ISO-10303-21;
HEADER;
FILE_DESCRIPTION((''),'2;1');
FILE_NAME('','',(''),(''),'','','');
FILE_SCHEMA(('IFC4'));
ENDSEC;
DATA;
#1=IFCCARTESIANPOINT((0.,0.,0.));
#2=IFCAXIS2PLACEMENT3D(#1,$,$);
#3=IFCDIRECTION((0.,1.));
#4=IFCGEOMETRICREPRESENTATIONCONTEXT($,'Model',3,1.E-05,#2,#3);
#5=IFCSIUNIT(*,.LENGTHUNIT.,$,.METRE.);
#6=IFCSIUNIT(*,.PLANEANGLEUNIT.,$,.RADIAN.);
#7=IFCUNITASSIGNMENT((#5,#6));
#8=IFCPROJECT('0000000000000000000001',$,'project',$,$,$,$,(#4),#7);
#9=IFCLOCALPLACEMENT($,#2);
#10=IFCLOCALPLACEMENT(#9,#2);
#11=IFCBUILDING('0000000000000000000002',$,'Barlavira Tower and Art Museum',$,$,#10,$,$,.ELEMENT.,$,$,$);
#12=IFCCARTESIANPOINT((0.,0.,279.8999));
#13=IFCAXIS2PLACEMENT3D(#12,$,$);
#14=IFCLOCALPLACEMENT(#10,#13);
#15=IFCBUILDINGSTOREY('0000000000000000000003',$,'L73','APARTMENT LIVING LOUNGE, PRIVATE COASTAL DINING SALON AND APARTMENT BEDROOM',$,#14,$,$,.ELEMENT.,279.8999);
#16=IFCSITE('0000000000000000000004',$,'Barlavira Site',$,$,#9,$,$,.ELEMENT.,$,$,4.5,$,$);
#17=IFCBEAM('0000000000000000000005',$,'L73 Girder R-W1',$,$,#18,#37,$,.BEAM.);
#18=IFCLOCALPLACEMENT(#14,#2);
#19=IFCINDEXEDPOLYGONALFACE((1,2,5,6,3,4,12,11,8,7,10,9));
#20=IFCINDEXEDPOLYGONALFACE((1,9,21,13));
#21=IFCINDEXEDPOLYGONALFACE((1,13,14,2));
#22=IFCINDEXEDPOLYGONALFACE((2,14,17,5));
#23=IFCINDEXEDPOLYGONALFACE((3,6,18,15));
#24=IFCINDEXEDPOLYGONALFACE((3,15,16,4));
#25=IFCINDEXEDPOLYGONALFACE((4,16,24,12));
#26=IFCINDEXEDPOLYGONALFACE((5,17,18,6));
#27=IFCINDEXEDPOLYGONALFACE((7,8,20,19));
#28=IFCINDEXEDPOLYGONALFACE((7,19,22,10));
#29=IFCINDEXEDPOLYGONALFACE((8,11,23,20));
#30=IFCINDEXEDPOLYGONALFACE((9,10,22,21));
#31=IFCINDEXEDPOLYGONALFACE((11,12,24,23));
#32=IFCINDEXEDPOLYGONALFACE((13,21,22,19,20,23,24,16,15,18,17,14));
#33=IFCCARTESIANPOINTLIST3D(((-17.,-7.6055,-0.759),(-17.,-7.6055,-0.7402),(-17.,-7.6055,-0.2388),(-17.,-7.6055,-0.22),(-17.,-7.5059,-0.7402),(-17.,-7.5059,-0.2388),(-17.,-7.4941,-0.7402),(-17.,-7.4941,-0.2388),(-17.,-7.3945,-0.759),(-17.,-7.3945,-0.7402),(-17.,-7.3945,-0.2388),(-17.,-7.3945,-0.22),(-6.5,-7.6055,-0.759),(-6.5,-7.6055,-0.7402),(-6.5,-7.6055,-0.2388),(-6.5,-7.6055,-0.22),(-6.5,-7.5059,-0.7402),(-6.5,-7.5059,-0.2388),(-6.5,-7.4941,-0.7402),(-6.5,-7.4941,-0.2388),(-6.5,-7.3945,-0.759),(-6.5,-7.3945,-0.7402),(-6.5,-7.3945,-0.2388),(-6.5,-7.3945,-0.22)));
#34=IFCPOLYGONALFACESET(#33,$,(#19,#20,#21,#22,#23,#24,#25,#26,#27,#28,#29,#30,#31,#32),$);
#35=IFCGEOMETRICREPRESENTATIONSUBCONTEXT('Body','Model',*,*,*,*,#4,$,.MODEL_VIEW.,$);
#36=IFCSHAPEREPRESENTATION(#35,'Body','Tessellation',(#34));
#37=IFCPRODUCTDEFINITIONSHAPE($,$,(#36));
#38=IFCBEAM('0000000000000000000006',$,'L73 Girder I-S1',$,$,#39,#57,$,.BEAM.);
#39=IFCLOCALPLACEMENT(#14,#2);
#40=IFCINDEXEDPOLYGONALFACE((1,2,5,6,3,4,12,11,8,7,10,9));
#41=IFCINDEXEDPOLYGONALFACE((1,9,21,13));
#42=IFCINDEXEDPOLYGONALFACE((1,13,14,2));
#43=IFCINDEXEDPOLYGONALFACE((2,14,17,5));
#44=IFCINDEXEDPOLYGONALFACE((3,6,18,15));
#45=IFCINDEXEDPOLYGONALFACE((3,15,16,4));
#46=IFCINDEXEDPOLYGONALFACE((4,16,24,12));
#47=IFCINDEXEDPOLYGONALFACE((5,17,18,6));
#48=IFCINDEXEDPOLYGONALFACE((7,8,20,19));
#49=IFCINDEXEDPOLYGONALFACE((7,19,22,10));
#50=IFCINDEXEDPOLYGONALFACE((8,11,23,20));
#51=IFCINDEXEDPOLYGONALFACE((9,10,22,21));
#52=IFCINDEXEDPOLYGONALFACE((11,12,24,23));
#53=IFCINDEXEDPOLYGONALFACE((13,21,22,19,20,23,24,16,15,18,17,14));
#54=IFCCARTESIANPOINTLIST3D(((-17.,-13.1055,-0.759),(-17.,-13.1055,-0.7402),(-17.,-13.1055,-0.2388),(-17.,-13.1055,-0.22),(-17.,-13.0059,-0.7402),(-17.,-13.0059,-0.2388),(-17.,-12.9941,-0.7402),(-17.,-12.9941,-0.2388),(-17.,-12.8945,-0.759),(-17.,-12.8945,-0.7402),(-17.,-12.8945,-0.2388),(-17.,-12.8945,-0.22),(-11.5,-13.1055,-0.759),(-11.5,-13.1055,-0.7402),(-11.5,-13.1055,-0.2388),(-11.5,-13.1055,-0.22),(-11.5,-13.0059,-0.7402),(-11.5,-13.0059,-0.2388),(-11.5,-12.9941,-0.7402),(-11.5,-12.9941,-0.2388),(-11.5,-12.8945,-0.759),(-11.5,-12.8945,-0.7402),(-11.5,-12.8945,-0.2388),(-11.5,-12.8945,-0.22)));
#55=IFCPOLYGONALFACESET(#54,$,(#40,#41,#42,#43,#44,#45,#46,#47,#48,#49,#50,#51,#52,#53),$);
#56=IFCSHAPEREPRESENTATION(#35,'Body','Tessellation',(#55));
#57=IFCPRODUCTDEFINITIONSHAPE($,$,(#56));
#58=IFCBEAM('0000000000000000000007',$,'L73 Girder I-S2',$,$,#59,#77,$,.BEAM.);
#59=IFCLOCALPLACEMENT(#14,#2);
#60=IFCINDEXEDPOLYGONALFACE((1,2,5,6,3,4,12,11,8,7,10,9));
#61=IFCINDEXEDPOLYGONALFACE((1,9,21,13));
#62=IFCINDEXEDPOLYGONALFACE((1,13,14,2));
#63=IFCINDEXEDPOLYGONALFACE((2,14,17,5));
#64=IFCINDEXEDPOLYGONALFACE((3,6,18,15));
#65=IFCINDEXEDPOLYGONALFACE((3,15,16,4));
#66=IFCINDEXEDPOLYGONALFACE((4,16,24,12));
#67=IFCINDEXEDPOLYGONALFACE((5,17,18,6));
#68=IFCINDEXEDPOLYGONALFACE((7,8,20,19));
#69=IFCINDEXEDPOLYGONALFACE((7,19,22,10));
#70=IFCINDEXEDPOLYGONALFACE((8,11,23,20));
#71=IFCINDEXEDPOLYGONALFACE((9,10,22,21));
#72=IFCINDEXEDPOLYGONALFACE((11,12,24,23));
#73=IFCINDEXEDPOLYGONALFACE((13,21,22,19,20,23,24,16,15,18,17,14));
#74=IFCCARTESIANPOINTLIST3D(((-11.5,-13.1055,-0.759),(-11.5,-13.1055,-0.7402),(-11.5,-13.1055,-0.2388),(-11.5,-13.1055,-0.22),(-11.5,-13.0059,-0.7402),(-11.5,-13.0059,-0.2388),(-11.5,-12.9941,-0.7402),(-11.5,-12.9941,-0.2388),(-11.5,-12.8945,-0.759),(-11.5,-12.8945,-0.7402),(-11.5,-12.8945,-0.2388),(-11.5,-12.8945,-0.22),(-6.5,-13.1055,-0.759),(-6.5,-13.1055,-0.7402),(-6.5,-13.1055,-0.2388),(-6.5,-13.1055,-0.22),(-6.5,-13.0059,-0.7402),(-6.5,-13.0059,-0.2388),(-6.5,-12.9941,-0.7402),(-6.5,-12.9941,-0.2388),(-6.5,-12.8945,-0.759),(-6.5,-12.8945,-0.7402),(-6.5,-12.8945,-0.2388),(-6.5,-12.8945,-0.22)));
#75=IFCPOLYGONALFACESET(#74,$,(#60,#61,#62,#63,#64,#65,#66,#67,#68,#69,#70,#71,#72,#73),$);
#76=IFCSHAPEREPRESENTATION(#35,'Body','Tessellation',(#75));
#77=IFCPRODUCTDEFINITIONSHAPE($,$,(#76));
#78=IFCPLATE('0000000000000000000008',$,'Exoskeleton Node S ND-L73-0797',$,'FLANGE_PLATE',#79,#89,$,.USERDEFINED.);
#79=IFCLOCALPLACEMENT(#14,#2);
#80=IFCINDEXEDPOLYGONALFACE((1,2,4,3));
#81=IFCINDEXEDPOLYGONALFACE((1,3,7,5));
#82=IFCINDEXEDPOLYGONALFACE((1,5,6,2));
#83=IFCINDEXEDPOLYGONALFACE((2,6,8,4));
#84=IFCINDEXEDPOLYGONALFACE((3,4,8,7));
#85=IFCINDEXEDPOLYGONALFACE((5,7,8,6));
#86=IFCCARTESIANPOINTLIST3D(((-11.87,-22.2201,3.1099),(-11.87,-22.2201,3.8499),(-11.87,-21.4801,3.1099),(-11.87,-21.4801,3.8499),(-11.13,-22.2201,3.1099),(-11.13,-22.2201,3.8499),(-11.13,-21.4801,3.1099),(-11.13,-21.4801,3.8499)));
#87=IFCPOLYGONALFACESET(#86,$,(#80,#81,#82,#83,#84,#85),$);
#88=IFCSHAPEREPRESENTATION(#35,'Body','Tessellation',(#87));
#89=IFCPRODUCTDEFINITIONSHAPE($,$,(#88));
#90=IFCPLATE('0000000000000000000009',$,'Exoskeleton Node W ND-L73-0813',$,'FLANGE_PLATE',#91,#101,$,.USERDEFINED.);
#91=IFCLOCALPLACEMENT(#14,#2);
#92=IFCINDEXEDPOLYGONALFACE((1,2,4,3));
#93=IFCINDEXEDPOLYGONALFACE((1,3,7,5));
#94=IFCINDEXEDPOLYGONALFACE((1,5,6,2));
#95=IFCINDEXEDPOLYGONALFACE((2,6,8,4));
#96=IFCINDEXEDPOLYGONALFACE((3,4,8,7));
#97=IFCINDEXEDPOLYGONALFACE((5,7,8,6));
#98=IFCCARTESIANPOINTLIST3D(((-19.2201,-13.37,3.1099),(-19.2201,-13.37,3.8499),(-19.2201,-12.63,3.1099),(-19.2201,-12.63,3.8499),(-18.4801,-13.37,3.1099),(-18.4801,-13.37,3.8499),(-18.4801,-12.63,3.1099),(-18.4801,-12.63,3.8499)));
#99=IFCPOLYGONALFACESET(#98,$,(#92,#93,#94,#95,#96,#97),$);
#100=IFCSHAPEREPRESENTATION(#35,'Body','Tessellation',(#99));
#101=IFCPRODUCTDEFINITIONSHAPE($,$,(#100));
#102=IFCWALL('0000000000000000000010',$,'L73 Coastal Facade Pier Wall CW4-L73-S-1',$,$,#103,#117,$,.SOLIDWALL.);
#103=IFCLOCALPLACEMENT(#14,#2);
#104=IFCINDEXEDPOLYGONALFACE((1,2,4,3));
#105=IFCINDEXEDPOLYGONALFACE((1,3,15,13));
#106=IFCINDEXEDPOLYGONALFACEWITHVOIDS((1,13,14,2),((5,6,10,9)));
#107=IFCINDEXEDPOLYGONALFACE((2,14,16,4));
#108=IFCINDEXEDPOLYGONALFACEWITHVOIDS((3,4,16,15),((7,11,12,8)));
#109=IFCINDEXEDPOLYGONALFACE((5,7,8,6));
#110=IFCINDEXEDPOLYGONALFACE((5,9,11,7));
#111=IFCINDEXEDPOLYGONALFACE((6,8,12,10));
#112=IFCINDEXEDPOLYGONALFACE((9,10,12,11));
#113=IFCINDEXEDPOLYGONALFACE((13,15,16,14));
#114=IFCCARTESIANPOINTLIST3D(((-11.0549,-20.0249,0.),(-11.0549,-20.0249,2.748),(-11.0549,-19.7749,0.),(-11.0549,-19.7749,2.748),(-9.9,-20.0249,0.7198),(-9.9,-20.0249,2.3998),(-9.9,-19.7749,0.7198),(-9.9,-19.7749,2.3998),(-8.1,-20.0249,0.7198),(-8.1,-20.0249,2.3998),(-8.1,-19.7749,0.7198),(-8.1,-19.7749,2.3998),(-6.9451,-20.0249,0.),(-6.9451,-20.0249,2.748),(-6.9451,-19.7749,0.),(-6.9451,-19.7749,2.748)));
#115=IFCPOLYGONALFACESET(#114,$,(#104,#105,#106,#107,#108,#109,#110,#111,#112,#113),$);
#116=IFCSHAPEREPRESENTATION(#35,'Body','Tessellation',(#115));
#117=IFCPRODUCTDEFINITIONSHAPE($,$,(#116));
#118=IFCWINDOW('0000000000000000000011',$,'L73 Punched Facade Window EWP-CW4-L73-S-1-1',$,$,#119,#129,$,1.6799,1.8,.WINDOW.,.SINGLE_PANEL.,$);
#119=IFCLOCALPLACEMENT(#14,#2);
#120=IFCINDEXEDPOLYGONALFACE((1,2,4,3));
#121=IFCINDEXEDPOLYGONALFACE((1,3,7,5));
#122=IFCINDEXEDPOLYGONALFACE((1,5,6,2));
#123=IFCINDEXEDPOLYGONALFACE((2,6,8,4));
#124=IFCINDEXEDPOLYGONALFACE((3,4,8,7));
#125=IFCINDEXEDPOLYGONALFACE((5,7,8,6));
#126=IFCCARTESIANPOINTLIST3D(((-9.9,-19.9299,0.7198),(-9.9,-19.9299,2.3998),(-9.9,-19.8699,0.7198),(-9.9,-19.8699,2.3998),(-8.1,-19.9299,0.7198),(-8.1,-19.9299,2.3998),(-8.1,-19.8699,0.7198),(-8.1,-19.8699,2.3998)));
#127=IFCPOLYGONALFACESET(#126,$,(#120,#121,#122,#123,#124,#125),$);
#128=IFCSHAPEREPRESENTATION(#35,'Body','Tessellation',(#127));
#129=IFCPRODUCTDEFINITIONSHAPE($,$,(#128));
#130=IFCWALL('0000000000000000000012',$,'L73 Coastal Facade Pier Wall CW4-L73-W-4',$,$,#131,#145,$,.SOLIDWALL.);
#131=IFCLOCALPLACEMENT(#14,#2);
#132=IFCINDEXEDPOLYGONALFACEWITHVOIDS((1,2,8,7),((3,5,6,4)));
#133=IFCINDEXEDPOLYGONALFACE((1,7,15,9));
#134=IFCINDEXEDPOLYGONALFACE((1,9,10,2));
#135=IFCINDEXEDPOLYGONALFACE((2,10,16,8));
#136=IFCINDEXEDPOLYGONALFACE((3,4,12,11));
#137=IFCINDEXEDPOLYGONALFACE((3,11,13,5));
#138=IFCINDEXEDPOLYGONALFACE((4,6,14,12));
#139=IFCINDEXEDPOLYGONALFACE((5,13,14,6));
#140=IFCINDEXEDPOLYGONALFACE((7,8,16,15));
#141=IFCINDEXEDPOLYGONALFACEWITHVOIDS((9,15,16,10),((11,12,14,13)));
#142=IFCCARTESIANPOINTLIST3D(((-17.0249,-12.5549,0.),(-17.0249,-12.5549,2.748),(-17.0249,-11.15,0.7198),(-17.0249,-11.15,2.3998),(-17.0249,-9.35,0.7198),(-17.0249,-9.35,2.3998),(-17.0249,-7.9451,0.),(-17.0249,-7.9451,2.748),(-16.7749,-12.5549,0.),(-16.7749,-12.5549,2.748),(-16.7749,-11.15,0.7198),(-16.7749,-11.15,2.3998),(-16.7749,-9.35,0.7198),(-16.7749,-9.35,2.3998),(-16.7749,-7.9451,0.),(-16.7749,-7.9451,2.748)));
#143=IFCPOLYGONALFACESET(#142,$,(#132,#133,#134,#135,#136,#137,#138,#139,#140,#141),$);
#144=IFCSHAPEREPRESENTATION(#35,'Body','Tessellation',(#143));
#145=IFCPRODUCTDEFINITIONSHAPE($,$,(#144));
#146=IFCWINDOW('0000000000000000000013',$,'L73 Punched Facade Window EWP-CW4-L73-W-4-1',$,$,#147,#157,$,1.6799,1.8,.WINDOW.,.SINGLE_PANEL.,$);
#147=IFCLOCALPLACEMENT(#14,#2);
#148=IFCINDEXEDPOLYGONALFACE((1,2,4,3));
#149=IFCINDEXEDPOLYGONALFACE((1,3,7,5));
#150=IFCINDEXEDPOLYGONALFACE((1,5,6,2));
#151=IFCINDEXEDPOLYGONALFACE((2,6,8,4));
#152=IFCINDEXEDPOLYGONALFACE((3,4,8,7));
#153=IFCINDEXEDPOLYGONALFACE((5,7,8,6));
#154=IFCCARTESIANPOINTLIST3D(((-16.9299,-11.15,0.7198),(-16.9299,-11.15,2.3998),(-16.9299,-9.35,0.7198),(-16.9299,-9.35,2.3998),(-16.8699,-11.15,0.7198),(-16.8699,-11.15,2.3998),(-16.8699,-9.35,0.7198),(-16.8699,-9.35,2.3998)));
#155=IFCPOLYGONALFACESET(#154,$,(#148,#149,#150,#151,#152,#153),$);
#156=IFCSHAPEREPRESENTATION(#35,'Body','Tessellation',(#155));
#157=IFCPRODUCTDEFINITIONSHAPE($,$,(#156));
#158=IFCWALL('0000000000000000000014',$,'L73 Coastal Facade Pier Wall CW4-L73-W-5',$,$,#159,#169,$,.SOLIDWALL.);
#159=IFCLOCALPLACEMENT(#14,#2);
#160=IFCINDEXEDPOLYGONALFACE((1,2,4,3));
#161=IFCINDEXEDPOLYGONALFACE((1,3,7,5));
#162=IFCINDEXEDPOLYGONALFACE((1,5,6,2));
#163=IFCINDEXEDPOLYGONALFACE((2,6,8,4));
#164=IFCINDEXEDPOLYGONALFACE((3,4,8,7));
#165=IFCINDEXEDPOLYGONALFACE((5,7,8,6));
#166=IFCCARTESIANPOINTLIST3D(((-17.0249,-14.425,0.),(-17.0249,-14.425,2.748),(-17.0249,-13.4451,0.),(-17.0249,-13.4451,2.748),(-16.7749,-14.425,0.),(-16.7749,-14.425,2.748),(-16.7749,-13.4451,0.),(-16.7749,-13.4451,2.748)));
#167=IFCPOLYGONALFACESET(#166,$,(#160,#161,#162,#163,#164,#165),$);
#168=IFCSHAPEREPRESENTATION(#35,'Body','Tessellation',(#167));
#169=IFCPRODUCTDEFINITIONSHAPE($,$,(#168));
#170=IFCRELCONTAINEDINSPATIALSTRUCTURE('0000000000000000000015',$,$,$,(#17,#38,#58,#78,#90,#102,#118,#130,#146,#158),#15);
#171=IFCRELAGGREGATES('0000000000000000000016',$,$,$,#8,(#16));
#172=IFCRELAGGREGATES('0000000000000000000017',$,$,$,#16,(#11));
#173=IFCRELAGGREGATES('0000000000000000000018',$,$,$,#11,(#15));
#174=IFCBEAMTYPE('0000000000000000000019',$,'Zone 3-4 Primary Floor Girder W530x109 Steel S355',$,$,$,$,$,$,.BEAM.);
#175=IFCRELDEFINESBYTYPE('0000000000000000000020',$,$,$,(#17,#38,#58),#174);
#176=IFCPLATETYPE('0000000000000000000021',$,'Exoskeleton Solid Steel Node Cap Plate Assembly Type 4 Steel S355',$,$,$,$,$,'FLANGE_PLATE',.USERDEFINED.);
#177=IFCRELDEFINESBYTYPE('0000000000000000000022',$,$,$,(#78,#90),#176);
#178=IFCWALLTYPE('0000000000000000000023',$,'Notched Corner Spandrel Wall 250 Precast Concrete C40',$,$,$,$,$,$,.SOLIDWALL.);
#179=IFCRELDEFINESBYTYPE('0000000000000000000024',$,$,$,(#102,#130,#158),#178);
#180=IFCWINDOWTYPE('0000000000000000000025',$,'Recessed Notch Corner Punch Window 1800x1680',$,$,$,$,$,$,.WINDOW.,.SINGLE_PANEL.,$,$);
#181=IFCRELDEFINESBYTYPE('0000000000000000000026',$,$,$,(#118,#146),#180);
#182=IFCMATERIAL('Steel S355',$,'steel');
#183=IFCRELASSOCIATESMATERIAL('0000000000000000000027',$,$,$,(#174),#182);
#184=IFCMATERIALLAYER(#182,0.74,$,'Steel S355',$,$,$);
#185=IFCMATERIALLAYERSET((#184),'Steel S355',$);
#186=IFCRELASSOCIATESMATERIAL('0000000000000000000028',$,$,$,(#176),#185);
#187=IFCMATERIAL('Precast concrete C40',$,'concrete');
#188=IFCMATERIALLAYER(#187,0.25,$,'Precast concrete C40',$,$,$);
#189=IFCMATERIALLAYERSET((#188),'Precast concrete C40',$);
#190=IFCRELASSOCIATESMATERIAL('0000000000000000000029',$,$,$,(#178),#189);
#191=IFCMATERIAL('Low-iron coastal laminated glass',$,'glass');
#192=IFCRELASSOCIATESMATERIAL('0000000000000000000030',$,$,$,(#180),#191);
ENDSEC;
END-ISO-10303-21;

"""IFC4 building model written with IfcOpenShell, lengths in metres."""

from ifc_helpers import new_model, si_unit, direction, frame, frame_2d, origin, origin_2d, place, context, subcontext, project, spatial, rectangle, i_section, extrude, material, layer, layer_set, material_profile, profile_set, type_object, element, fill, save


model = new_model("IFC4")

# Units and contexts
model_context = context("Model", 3, precision=1e-05, world=origin(), true_north=direction((0.0, 1.0)))
body_context = subcontext(model_context, "Body", "Model", "MODEL_VIEW")
ifc_project = project(units=[si_unit("LENGTHUNIT", "METRE"), si_unit("PLANEANGLEUNIT", "RADIAN")], contexts=[model_context])

# Site, building, storey
site_placement = place(None, origin())
site = spatial("IfcSite", under=ifc_project, at=site_placement, Name="Barlavira Site", CompositionType="ELEMENT", RefElevation=4.5)
building_placement = place(site_placement, origin())
building = spatial("IfcBuilding", under=site, at=building_placement, Name="Barlavira Tower and Art Museum", CompositionType="ELEMENT")
storey_placement = place(building_placement, frame((0.0, 0.0, 279.8999)))
storey = spatial("IfcBuildingStorey", under=building, at=storey_placement, Name="L73", Description="APARTMENT LIVING LOUNGE, PRIVATE COASTAL DINING SALON AND APARTMENT BEDROOM", CompositionType="ELEMENT", Elevation=279.8999)

# Beams
ifc_material_1 = material(Name="Steel S355", Category="steel")
ifc_material_profile_1 = material_profile(ifc_material_1, i_section(OverallWidth=0.2109, OverallDepth=0.5391, WebThickness=0.0117, FlangeThickness=0.0188, at=origin_2d()), Name="W530x109.0")
ifc_profile_set_1 = profile_set([ifc_material_profile_1], Name="Steel S355")
beam_type_1 = type_object("IfcBeamType", Name="Zone 3-4 Primary Floor Girder W530x109 Steel S355", PredefinedType="BEAM", material=ifc_profile_set_1)
beam_1_placement = place(storey_placement, frame((-17.0, -7.5, -0.4895), z_axis=(1.0, 0.0, 0.0), x_axis=(0.0, 1.0, 0.0)))
element("IfcBeam", 1, at=beam_1_placement, inside=storey, type_object=beam_type_1, Name="L73 Girder R-W1", PredefinedType="BEAM", context=body_context, shape_type="SweptSolid", body=[
    extrude(i_section(OverallWidth=0.2109, OverallDepth=0.5391, WebThickness=0.0117, FlangeThickness=0.0188, at=origin_2d()), origin(), (0.0, 0.0, 1.0), 10.5),
])
beam_2_placement = place(storey_placement, frame((-17.0, -13.0, -0.4895), z_axis=(1.0, 0.0, 0.0), x_axis=(0.0, 1.0, 0.0)))
element("IfcBeam", 2, at=beam_2_placement, inside=storey, type_object=beam_type_1, Name="L73 Girder I-S1", PredefinedType="BEAM", context=body_context, shape_type="SweptSolid", body=[
    extrude(i_section(OverallWidth=0.2109, OverallDepth=0.5391, WebThickness=0.0117, FlangeThickness=0.0188, at=origin_2d()), origin(), (0.0, 0.0, 1.0), 5.5),
])
beam_3_placement = place(storey_placement, frame((-11.5, -13.0, -0.4895), z_axis=(1.0, 0.0, 0.0), x_axis=(0.0, 1.0, 0.0)))
element("IfcBeam", 3, at=beam_3_placement, inside=storey, type_object=beam_type_1, Name="L73 Girder I-S2", PredefinedType="BEAM", context=body_context, shape_type="SweptSolid", body=[
    extrude(i_section(OverallWidth=0.2109, OverallDepth=0.5391, WebThickness=0.0117, FlangeThickness=0.0188, at=origin_2d()), origin(), (0.0, 0.0, 1.0), 5.0),
])

# Plates
ifc_layer_1 = layer(ifc_material_1, 0.74, Name="Steel S355")
ifc_layer_set_1 = layer_set([ifc_layer_1], Name="Steel S355")
plate_type = type_object("IfcPlateType", Name="Exoskeleton Solid Steel Node Cap Plate Assembly Type 4 Steel S355", ElementType="FLANGE_PLATE", PredefinedType="USERDEFINED", material=ifc_layer_set_1)
for number, where, z_axis, x_axis, name in (
    (4, (-11.5, -21.8501, 3.1099), (0.0, 0.0, 1.0), (1.0, 0.0, 0.0), "Exoskeleton Node S ND-L73-0797"),
    (5, (-18.8501, -13.0, 3.1099), (0.0, 0.0, 1.0), (1.0, 0.0, 0.0), "Exoskeleton Node W ND-L73-0813"),
):
    element("IfcPlate", number, at=place(storey_placement, frame(where, z_axis=z_axis, x_axis=x_axis)), inside=storey, type_object=plate_type, Name=name, ObjectType="FLANGE_PLATE", PredefinedType="USERDEFINED", context=body_context, shape_type="SweptSolid", body=[
        extrude(rectangle(XDim=0.74, YDim=0.74, at=origin_2d()), origin(), (0.0, 0.0, 1.0), 0.74),
    ])

# Walls, openings, windows
ifc_material_2 = material(Name="Precast concrete C40", Category="concrete")
ifc_layer_2 = layer(ifc_material_2, 0.25, Name="Precast concrete C40")
ifc_layer_set_2 = layer_set([ifc_layer_2], Name="Precast concrete C40")
wall_type = type_object("IfcWallType", Name="Notched Corner Spandrel Wall 250 Precast Concrete C40", PredefinedType="SOLIDWALL", material=ifc_layer_set_2)
wall_1_placement = place(storey_placement, frame((-11.0549, -19.8999, 0.0), z_axis=(0.0, 0.0, 1.0), x_axis=(1.0, 0.0, 0.0)))
wall_1 = element("IfcWall", 6, at=wall_1_placement, inside=storey, type_object=wall_type, Name="L73 Coastal Facade Pier Wall CW4-L73-S-1", PredefinedType="SOLIDWALL", context=body_context, shape_type="SweptSolid", body=[
    extrude(rectangle(XDim=4.1099, YDim=0.25, at=frame_2d((2.0549, 0.0))), origin(), (0.0, 0.0, 1.0), 2.748),
])
opening_1_placement = place(wall_1_placement, frame((1.155, 0.0, 0.72)))
opening_1 = element("IfcOpeningElement", 7, at=opening_1_placement, cuts=wall_1, PredefinedType="OPENING", context=body_context, shape_type="SweptSolid", body=[
    extrude(rectangle(XDim=1.8, YDim=1.6799, at=frame_2d((0.8999, 0.8398))), frame((0.0, 0.135, 0.0), z_axis=(0.0, -1.0, 0.0), x_axis=(1.0, 0.0, 0.0)), (0.0, 0.0, 1.0), 0.27),
])
ifc_material_3 = material(Name="Low-iron coastal laminated glass", Category="glass")
window_type = type_object("IfcWindowType", Name="Recessed Notch Corner Punch Window 1800x1680", PartitioningType="SINGLE_PANEL", PredefinedType="WINDOW", material=ifc_material_3)
window_1_placement = place(opening_1_placement, origin())
window_1 = element("IfcWindow", 8, at=window_1_placement, inside=storey, type_object=window_type, Name="L73 Punched Facade Window EWP-CW4-L73-S-1-1", OverallHeight=1.6799, OverallWidth=1.8, PartitioningType="SINGLE_PANEL", PredefinedType="WINDOW", context=body_context, shape_type="SweptSolid", body=[
    extrude(rectangle(XDim=1.8, YDim=1.6799, at=frame_2d((0.8999, 0.8398))), frame((0.0, 0.03, 0.0), z_axis=(0.0, -1.0, 0.0), x_axis=(1.0, 0.0, 0.0)), (0.0, 0.0, 1.0), 0.0601),
])
fill(opening_1, window_1)
wall_2_placement = place(storey_placement, frame((-16.8999, -7.9451, 0.0), z_axis=(0.0, 0.0, 1.0), x_axis=(0.0, -1.0, 0.0)))
wall_2 = element("IfcWall", 9, at=wall_2_placement, inside=storey, type_object=wall_type, Name="L73 Coastal Facade Pier Wall CW4-L73-W-4", PredefinedType="SOLIDWALL", context=body_context, shape_type="SweptSolid", body=[
    extrude(rectangle(XDim=4.6099, YDim=0.25, at=frame_2d((2.3049, 0.0))), origin(), (0.0, 0.0, 1.0), 2.748),
])
opening_2_placement = place(wall_2_placement, frame((1.405, 0.0, 0.72)))
opening_2 = element("IfcOpeningElement", 10, at=opening_2_placement, cuts=wall_2, PredefinedType="OPENING", context=body_context, shape_type="SweptSolid", body=[
    extrude(rectangle(XDim=1.8, YDim=1.6799, at=frame_2d((0.8999, 0.8398))), frame((0.0, 0.135, 0.0), z_axis=(0.0, -1.0, 0.0), x_axis=(1.0, 0.0, 0.0)), (0.0, 0.0, 1.0), 0.27),
])
window_2_placement = place(opening_2_placement, origin())
window_2 = element("IfcWindow", 11, at=window_2_placement, inside=storey, type_object=window_type, Name="L73 Punched Facade Window EWP-CW4-L73-W-4-1", OverallHeight=1.6799, OverallWidth=1.8, PartitioningType="SINGLE_PANEL", PredefinedType="WINDOW", context=body_context, shape_type="SweptSolid", body=[
    extrude(rectangle(XDim=1.8, YDim=1.6799, at=frame_2d((0.8999, 0.8398))), frame((0.0, 0.03, 0.0), z_axis=(0.0, -1.0, 0.0), x_axis=(1.0, 0.0, 0.0)), (0.0, 0.0, 1.0), 0.0601),
])
fill(opening_2, window_2)

# Wall
wall_3_placement = place(storey_placement, frame((-16.8999, -13.4451, 0.0), z_axis=(0.0, 0.0, 1.0), x_axis=(0.0, -1.0, 0.0)))
element("IfcWall", 12, at=wall_3_placement, inside=storey, type_object=wall_type, Name="L73 Coastal Facade Pier Wall CW4-L73-W-5", PredefinedType="SOLIDWALL", context=body_context, shape_type="SweptSolid", body=[
    extrude(rectangle(XDim=0.98, YDim=0.25, at=frame_2d((0.49, 0.0))), origin(), (0.0, 0.0, 1.0), 2.748),
])

save(model, "model.ifc")
